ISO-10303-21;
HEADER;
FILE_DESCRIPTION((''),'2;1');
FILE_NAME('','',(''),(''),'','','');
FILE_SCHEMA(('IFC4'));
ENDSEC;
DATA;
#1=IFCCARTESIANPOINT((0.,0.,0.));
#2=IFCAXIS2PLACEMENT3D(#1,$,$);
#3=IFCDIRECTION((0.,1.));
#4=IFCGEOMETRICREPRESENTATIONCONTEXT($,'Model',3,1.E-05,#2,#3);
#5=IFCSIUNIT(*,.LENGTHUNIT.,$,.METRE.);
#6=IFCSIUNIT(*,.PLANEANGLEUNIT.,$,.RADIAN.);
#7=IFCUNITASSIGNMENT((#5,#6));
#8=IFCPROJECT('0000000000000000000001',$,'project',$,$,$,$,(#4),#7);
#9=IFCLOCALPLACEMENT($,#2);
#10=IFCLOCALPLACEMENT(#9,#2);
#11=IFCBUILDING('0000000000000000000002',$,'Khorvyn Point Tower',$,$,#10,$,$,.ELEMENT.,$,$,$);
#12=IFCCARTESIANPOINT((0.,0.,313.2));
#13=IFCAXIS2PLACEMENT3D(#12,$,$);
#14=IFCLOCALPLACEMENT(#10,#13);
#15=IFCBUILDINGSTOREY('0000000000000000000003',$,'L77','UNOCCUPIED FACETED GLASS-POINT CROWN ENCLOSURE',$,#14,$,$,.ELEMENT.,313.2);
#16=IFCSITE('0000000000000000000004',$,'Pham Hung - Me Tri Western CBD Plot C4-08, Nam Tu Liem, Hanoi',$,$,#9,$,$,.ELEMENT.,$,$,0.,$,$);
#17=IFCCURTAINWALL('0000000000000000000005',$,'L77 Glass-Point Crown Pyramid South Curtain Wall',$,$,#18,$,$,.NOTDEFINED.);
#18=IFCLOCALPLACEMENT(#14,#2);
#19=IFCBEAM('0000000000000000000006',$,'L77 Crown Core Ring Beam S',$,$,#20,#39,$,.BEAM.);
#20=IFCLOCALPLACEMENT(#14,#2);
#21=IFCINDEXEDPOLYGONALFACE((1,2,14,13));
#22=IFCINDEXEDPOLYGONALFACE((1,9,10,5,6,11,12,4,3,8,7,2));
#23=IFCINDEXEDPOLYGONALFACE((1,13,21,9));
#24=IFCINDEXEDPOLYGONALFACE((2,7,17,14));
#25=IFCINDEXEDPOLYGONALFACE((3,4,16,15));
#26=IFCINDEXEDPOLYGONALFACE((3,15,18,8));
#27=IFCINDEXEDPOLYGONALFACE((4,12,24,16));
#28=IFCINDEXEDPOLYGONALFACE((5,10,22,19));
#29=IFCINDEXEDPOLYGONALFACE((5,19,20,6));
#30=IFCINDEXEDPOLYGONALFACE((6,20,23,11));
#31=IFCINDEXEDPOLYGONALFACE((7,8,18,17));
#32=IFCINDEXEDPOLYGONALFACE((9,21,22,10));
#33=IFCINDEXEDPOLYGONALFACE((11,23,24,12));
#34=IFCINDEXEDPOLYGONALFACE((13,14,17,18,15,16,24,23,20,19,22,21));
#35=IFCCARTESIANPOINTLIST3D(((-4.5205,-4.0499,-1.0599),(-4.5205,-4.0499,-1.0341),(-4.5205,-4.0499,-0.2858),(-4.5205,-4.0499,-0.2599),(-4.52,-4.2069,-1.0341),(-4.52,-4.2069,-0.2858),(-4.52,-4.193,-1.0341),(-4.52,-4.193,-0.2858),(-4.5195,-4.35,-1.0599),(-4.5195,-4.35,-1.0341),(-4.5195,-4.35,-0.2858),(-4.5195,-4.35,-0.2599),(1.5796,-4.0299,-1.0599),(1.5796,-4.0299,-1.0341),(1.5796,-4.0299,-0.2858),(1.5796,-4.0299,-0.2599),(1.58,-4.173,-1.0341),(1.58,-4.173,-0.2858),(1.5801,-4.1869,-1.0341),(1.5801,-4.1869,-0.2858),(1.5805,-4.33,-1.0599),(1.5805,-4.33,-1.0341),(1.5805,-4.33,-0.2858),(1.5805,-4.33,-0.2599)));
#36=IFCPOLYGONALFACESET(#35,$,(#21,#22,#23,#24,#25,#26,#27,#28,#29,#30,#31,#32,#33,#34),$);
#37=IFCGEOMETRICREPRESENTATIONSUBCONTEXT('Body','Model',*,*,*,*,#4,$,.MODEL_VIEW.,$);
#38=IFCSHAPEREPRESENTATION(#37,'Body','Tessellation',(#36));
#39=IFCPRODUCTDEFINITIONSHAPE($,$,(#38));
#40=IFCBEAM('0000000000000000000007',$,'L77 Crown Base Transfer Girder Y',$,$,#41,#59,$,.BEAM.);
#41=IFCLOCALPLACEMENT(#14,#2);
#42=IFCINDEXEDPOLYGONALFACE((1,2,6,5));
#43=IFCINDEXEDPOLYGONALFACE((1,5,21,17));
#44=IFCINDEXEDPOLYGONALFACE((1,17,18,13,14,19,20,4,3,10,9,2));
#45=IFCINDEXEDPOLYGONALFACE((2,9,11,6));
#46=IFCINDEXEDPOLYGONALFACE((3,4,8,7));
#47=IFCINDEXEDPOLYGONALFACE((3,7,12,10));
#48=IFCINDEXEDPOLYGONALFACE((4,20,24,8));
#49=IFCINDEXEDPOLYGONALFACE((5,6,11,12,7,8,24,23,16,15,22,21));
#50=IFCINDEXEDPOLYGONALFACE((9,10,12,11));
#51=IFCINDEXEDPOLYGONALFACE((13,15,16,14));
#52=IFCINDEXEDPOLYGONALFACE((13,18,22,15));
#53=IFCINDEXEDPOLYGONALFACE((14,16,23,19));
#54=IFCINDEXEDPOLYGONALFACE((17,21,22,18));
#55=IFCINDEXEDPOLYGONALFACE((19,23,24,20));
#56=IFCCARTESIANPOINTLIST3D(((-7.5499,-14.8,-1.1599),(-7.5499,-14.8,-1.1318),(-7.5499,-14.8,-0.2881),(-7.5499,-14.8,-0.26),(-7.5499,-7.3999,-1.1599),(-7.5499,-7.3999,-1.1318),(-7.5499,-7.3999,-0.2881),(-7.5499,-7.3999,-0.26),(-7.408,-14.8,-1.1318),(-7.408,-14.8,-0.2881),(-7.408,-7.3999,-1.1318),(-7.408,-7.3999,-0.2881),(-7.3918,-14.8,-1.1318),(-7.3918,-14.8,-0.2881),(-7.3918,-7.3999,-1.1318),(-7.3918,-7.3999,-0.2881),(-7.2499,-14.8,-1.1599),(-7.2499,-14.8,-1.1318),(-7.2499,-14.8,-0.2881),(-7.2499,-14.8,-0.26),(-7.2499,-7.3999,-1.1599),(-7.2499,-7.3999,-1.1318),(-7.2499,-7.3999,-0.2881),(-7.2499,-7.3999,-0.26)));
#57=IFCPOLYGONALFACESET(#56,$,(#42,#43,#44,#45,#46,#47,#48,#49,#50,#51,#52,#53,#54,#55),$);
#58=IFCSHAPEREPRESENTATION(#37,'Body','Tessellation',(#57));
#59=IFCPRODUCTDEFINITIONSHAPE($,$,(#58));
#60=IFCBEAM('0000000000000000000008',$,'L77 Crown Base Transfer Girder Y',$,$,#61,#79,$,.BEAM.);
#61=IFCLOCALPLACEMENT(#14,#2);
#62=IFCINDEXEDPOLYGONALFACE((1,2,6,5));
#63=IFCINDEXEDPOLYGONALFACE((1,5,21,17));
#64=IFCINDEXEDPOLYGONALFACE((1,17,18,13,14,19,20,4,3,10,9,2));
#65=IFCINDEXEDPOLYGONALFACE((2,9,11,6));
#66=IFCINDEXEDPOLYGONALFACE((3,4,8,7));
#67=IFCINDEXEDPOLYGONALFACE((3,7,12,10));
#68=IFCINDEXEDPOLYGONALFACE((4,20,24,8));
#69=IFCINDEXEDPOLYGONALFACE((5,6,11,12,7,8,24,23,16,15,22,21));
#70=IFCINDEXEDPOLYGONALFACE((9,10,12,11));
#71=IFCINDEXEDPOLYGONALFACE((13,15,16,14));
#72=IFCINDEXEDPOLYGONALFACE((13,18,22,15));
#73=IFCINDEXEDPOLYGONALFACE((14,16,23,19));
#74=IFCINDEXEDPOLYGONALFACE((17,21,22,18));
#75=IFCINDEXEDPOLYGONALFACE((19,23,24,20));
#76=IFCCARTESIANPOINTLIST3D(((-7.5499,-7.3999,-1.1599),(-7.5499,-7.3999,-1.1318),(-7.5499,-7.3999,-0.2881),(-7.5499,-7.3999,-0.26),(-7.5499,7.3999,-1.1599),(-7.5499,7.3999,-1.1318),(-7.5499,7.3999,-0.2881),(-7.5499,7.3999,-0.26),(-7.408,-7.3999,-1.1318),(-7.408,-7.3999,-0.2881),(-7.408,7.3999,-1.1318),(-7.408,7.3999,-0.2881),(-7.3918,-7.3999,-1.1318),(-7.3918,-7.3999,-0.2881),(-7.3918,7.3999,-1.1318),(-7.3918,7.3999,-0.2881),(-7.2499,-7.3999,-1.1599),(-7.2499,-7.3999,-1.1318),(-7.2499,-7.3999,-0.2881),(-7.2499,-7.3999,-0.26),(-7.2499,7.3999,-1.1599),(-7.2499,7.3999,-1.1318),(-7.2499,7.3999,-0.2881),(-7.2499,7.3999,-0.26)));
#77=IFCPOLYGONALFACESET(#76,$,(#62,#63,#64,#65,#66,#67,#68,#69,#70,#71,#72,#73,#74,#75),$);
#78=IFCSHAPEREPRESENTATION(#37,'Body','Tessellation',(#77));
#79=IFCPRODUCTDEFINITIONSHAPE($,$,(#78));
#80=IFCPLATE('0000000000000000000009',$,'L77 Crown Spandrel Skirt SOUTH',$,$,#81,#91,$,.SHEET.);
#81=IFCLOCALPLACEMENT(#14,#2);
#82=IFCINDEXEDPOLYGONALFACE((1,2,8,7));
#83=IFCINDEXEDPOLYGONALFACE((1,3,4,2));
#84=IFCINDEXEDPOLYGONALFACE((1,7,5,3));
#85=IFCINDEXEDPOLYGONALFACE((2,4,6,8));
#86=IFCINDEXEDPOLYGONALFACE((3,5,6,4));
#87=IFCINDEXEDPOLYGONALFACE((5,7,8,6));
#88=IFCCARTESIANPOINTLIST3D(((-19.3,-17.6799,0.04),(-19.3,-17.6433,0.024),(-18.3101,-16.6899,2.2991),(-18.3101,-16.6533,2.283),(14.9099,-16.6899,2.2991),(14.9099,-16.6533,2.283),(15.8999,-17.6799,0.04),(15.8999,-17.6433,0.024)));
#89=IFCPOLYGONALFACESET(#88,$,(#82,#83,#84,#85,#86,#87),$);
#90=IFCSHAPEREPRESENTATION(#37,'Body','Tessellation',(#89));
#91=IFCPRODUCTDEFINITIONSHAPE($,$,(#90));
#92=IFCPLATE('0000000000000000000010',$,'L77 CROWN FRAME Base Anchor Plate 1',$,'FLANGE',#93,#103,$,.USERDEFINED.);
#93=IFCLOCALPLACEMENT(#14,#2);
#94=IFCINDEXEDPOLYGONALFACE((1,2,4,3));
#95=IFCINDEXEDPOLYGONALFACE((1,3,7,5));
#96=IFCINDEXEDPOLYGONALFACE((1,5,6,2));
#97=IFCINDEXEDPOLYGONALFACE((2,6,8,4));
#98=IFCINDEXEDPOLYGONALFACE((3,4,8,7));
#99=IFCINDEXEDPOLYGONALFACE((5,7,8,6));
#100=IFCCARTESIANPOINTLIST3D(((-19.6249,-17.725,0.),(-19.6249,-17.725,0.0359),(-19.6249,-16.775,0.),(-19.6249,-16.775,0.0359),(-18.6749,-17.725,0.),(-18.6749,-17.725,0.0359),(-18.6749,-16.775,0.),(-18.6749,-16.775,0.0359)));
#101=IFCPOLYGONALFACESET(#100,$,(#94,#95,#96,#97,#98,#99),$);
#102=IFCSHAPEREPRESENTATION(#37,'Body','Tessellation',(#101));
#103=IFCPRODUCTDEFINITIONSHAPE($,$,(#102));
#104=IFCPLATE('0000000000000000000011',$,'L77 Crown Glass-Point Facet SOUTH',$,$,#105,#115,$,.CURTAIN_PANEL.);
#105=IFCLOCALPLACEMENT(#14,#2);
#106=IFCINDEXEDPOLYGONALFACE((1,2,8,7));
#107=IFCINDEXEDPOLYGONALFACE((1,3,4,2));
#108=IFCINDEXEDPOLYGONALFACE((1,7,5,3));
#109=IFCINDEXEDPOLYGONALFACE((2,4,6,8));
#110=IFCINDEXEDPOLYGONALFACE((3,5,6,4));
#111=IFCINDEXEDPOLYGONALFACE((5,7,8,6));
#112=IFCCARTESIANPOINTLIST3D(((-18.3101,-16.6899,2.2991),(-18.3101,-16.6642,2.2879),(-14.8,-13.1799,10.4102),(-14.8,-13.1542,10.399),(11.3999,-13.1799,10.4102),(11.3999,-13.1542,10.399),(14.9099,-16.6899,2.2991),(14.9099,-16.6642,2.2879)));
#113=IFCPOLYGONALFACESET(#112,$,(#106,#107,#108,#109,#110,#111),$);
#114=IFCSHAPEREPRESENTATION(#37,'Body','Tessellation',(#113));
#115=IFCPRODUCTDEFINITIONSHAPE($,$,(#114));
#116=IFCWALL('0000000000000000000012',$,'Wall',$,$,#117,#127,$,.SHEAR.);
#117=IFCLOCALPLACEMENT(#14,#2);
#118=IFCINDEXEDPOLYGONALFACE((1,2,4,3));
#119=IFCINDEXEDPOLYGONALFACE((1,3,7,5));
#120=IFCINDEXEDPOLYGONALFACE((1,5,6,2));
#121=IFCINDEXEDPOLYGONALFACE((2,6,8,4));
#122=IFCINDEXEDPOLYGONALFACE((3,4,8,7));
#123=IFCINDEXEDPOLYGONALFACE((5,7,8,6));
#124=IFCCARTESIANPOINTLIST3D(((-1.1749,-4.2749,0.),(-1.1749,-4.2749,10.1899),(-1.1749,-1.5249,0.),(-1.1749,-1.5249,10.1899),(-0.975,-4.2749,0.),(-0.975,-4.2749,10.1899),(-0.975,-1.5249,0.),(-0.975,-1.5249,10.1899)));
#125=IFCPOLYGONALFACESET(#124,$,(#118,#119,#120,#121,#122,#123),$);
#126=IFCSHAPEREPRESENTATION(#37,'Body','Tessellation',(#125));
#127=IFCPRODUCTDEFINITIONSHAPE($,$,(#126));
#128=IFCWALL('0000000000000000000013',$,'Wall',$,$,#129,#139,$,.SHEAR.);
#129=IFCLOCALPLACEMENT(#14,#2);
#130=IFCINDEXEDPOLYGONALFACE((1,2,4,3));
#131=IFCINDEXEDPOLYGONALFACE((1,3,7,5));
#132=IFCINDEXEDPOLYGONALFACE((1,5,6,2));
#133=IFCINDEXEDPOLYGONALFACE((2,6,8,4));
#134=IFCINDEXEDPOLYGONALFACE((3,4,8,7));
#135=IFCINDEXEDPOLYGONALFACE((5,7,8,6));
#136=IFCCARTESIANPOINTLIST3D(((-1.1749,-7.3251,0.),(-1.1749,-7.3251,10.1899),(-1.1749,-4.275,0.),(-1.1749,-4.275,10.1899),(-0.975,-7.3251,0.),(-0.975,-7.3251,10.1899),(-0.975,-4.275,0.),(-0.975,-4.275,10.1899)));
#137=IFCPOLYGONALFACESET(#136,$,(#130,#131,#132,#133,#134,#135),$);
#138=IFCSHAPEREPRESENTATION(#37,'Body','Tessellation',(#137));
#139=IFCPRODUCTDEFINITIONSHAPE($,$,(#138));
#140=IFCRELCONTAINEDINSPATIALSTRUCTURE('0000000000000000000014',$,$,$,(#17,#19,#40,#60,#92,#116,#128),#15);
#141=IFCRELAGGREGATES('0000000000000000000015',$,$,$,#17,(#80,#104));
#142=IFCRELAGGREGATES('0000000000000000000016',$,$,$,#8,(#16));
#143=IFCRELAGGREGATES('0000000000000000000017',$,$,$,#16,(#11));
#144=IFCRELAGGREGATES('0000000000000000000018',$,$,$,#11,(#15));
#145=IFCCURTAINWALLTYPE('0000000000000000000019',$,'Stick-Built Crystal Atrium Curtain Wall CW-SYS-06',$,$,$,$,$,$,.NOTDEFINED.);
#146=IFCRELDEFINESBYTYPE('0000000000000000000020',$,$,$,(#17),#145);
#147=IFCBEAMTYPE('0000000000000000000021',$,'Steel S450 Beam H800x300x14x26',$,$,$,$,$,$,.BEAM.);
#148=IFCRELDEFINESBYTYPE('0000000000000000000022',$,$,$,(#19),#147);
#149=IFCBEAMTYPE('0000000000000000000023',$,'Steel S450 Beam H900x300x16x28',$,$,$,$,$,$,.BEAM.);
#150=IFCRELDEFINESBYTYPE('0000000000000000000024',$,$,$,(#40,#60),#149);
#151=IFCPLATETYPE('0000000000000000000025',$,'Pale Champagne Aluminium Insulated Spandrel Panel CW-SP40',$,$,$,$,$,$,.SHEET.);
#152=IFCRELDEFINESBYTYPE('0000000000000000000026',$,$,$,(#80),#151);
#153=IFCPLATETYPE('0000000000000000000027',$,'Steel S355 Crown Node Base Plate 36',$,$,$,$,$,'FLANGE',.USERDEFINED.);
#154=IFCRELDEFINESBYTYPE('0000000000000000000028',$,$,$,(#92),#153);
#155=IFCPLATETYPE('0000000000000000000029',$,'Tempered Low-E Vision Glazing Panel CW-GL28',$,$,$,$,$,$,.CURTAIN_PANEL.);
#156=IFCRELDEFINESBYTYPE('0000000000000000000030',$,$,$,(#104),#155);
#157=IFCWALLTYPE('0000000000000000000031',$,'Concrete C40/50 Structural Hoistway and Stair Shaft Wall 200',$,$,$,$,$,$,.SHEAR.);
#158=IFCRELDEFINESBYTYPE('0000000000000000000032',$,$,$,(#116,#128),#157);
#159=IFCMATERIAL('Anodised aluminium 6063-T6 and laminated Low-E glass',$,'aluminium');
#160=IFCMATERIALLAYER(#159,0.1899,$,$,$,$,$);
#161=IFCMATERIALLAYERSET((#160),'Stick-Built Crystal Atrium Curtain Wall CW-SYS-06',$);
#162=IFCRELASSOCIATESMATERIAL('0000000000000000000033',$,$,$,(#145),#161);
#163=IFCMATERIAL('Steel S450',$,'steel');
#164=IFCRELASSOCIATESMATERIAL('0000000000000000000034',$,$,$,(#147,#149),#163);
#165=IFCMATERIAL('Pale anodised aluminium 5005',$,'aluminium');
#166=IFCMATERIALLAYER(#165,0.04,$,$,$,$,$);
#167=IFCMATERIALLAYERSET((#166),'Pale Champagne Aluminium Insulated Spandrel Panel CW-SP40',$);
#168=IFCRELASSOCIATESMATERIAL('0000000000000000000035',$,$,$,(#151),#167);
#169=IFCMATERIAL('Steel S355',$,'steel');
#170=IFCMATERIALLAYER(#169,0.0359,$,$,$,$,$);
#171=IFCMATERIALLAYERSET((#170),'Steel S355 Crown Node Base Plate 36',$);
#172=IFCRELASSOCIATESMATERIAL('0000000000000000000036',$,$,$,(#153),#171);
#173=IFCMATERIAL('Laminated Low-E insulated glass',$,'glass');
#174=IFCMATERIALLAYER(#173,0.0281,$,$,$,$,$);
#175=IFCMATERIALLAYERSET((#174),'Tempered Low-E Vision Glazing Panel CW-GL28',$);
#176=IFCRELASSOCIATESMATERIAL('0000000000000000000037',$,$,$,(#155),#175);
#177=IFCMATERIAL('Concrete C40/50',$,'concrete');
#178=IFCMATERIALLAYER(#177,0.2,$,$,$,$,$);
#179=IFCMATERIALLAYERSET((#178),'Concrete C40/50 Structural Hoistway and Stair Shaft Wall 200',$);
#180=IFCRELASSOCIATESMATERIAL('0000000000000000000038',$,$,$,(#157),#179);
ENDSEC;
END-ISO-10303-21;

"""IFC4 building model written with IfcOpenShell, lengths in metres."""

from ifc_helpers import new_model, si_unit, direction, frame, frame_2d, origin, origin_2d, place, context, subcontext, project, spatial, polyline, rectangle, i_section, outline, extrude, material, layer, layer_set, material_profile, profile_set, type_object, element, aggregate, save


model = new_model("IFC4")

# Units and contexts
model_context = context("Model", 3, precision=1e-05, world=origin(), true_north=direction((0.0, 1.0)))
body_context = subcontext(model_context, "Body", "Model", "MODEL_VIEW")
ifc_project = project(units=[si_unit("LENGTHUNIT", "METRE"), si_unit("PLANEANGLEUNIT", "RADIAN")], contexts=[model_context])

# Site, building, storey
site_placement = place(None, origin())
site = spatial("IfcSite", under=ifc_project, at=site_placement, Name="Pham Hung - Me Tri Western CBD Plot C4-08, Nam Tu Liem, Hanoi", CompositionType="ELEMENT", RefElevation=0.0)
building_placement = place(site_placement, origin())
building = spatial("IfcBuilding", under=site, at=building_placement, Name="Khorvyn Point Tower", CompositionType="ELEMENT")
storey_placement = place(building_placement, frame((0.0, 0.0, 313.2)))
storey = spatial("IfcBuildingStorey", under=building, at=storey_placement, Name="L77", Description="UNOCCUPIED FACETED GLASS-POINT CROWN ENCLOSURE", CompositionType="ELEMENT", Elevation=313.2)

# Shared definitions
ifc_material_1 = material(Name="Steel S355", Category="steel")

# Curtain wall
ifc_material_2 = material(Name="Anodised aluminium 6063-T6 and laminated Low-E glass", Category="aluminium")
ifc_layer_1 = layer(ifc_material_2, 0.1899)
ifc_layer_set_1 = layer_set([ifc_layer_1], Name="Stick-Built Crystal Atrium Curtain Wall CW-SYS-06")
curtain_wall_type = type_object("IfcCurtainWallType", Name="Stick-Built Crystal Atrium Curtain Wall CW-SYS-06", PredefinedType="NOTDEFINED", material=ifc_layer_set_1)
curtain_wall_placement = place(storey_placement, origin())
curtain_wall = element("IfcCurtainWall", 1, at=curtain_wall_placement, inside=storey, type_object=curtain_wall_type, Name="L77 Glass-Point Crown Pyramid South Curtain Wall", PredefinedType="NOTDEFINED")

# Shared definitions
ifc_material_3 = material(Name="Concrete C40/50", Category="concrete")

# Beams
ifc_material_4 = material(Name="Steel S450", Category="steel")
ifc_material_profile_1 = material_profile(ifc_material_4, i_section(OverallWidth=0.3, OverallDepth=0.8, WebThickness=0.0139, FlangeThickness=0.0259, at=origin_2d()))
ifc_profile_set_1 = profile_set([ifc_material_profile_1], Name="Steel S450 H800x300x14x26")
beam_type_1 = type_object("IfcBeamType", Name="Steel S450 Beam H800x300x14x26", PredefinedType="BEAM", material=ifc_profile_set_1)
beam_1_placement = place(storey_placement, frame((-4.52, -4.2, -0.6599), z_axis=(0.999995, 0.003282, 0.0), x_axis=(-0.003282, 0.999995, 0.0)))
element("IfcBeam", 2, at=beam_1_placement, inside=storey, type_object=beam_type_1, Name="L77 Crown Core Ring Beam S", PredefinedType="BEAM", context=body_context, shape_type="SweptSolid", body=[
    extrude(i_section(OverallWidth=0.3, OverallDepth=0.8, WebThickness=0.0139, FlangeThickness=0.0259, at=origin_2d()), origin(), (0.0, 0.0, 1.0), 6.1001),
])
ifc_material_profile_2 = material_profile(ifc_material_4, i_section(OverallWidth=0.3, OverallDepth=0.8999, WebThickness=0.0161, FlangeThickness=0.0281, at=origin_2d()))
ifc_profile_set_2 = profile_set([ifc_material_profile_2], Name="Steel S450 H900x300x16x28")
beam_type_2 = type_object("IfcBeamType", Name="Steel S450 Beam H900x300x16x28", PredefinedType="BEAM", material=ifc_profile_set_2)
beam_2_placement = place(storey_placement, frame((-7.3999, -14.8, -0.71), z_axis=(0.0, 1.0, 0.0), x_axis=(-1.0, 0.0, 0.0)))
element("IfcBeam", 3, at=beam_2_placement, inside=storey, type_object=beam_type_2, Name="L77 Crown Base Transfer Girder Y", PredefinedType="BEAM", context=body_context, shape_type="SweptSolid", body=[
    extrude(i_section(OverallWidth=0.3, OverallDepth=0.8999, WebThickness=0.0161, FlangeThickness=0.0281, at=origin_2d()), origin(), (0.0, 0.0, 1.0), 7.4001),
])
beam_3_placement = place(storey_placement, frame((-7.3999, -7.3999, -0.71), z_axis=(0.0, 1.0, 0.0), x_axis=(-1.0, 0.0, 0.0)))
element("IfcBeam", 4, at=beam_3_placement, inside=storey, type_object=beam_type_2, Name="L77 Crown Base Transfer Girder Y", PredefinedType="BEAM", context=body_context, shape_type="SweptSolid", body=[
    extrude(i_section(OverallWidth=0.3, OverallDepth=0.8999, WebThickness=0.0161, FlangeThickness=0.0281, at=origin_2d()), origin(), (0.0, 0.0, 1.0), 14.7998),
])

# Plates
ifc_material_5 = material(Name="Pale anodised aluminium 5005", Category="aluminium")
ifc_layer_2 = layer(ifc_material_5, 0.04)
ifc_layer_set_2 = layer_set([ifc_layer_2], Name="Pale Champagne Aluminium Insulated Spandrel Panel CW-SP40")
plate_type_1 = type_object("IfcPlateType", Name="Pale Champagne Aluminium Insulated Spandrel Panel CW-SP40", PredefinedType="SHEET", material=ifc_layer_set_2)
plate_1_placement = place(storey_placement, frame((-19.3, -17.6799, 0.04), z_axis=(0.0, -0.91591, 0.401385), x_axis=(1.0, 0.0, 0.0)))
plate_1 = element("IfcPlate", 5, at=plate_1_placement, type_object=plate_type_1, Name="L77 Crown Spandrel Skirt SOUTH", PredefinedType="SHEET", context=body_context, shape_type="SweptSolid", body=[
    extrude(outline(polyline([(0.0, 0.0), (35.2, 0.0), (34.21, 2.4664), (0.99, 2.4664), (0.0, 0.0)])), origin(), (0.0, 0.0, -1.0), 0.04),
])
ifc_layer_3 = layer(ifc_material_1, 0.0359)
ifc_layer_set_3 = layer_set([ifc_layer_3], Name="Steel S355 Crown Node Base Plate 36")
plate_type_2 = type_object("IfcPlateType", Name="Steel S355 Crown Node Base Plate 36", ElementType="FLANGE", PredefinedType="USERDEFINED", material=ifc_layer_set_3)
plate_2_placement = place(storey_placement, frame((-19.1499, -17.25, 0.0), z_axis=(0.0, 0.0, 1.0), x_axis=(1.0, 0.0, 0.0)))
element("IfcPlate", 6, at=plate_2_placement, inside=storey, type_object=plate_type_2, Name="L77 CROWN FRAME Base Anchor Plate 1", ObjectType="FLANGE", PredefinedType="USERDEFINED", context=body_context, shape_type="SweptSolid", body=[
    extrude(rectangle(XDim=0.95, YDim=0.95, at=origin_2d()), origin(), (0.0, 0.0, 1.0), 0.0359),
])
ifc_material_6 = material(Name="Laminated Low-E insulated glass", Category="glass")
ifc_layer_4 = layer(ifc_material_6, 0.0281)
ifc_layer_set_4 = layer_set([ifc_layer_4], Name="Tempered Low-E Vision Glazing Panel CW-GL28")
plate_type_3 = type_object("IfcPlateType", Name="Tempered Low-E Vision Glazing Panel CW-GL28", PredefinedType="CURTAIN_PANEL", material=ifc_layer_set_4)
plate_3_placement = place(storey_placement, frame((-18.3101, -16.6899, 2.2991), z_axis=(0.0, -0.917753, 0.397151), x_axis=(1.0, 0.0, 0.0)))
plate_3 = element("IfcPlate", 7, at=plate_3_placement, type_object=plate_type_3, Name="L77 Crown Glass-Point Facet SOUTH", PredefinedType="CURTAIN_PANEL", context=body_context, shape_type="SweptSolid", body=[
    extrude(outline(polyline([(0.0, 0.0), (33.22, 0.0), (29.71, 8.838), (3.51, 8.838), (0.0, 0.0)])), origin(), (0.0, 0.0, -1.0), 0.0281),
])
aggregate(curtain_wall, [plate_1, plate_3])

# Walls
ifc_layer_5 = layer(ifc_material_3, 0.2)
ifc_layer_set_5 = layer_set([ifc_layer_5], Name="Concrete C40/50 Structural Hoistway and Stair Shaft Wall 200")
wall_type = type_object("IfcWallType", Name="Concrete C40/50 Structural Hoistway and Stair Shaft Wall 200", PredefinedType="SHEAR", material=ifc_layer_set_5)
wall_1_placement = place(storey_placement, frame((-1.075, -4.2749, 0.0), z_axis=(0.0, 0.0, 1.0), x_axis=(0.0, 1.0, 0.0)))
element("IfcWall", 8, at=wall_1_placement, inside=storey, type_object=wall_type, Name="Wall", PredefinedType="SHEAR", context=body_context, shape_type="SweptSolid", body=[
    extrude(rectangle(XDim=2.75, YDim=0.2, at=frame_2d((1.375, 0.0))), origin(), (0.0, 0.0, 1.0), 10.1899),
])
wall_2_placement = place(storey_placement, frame((-1.075, -7.325, 0.0), z_axis=(0.0, 0.0, 1.0), x_axis=(0.0, 1.0, 0.0)))
element("IfcWall", 9, at=wall_2_placement, inside=storey, type_object=wall_type, Name="Wall", PredefinedType="SHEAR", context=body_context, shape_type="SweptSolid", body=[
    extrude(rectangle(XDim=3.05, YDim=0.2, at=frame_2d((1.5249, 0.0))), origin(), (0.0, 0.0, 1.0), 10.1899),
])

save(model, "model.ifc")
